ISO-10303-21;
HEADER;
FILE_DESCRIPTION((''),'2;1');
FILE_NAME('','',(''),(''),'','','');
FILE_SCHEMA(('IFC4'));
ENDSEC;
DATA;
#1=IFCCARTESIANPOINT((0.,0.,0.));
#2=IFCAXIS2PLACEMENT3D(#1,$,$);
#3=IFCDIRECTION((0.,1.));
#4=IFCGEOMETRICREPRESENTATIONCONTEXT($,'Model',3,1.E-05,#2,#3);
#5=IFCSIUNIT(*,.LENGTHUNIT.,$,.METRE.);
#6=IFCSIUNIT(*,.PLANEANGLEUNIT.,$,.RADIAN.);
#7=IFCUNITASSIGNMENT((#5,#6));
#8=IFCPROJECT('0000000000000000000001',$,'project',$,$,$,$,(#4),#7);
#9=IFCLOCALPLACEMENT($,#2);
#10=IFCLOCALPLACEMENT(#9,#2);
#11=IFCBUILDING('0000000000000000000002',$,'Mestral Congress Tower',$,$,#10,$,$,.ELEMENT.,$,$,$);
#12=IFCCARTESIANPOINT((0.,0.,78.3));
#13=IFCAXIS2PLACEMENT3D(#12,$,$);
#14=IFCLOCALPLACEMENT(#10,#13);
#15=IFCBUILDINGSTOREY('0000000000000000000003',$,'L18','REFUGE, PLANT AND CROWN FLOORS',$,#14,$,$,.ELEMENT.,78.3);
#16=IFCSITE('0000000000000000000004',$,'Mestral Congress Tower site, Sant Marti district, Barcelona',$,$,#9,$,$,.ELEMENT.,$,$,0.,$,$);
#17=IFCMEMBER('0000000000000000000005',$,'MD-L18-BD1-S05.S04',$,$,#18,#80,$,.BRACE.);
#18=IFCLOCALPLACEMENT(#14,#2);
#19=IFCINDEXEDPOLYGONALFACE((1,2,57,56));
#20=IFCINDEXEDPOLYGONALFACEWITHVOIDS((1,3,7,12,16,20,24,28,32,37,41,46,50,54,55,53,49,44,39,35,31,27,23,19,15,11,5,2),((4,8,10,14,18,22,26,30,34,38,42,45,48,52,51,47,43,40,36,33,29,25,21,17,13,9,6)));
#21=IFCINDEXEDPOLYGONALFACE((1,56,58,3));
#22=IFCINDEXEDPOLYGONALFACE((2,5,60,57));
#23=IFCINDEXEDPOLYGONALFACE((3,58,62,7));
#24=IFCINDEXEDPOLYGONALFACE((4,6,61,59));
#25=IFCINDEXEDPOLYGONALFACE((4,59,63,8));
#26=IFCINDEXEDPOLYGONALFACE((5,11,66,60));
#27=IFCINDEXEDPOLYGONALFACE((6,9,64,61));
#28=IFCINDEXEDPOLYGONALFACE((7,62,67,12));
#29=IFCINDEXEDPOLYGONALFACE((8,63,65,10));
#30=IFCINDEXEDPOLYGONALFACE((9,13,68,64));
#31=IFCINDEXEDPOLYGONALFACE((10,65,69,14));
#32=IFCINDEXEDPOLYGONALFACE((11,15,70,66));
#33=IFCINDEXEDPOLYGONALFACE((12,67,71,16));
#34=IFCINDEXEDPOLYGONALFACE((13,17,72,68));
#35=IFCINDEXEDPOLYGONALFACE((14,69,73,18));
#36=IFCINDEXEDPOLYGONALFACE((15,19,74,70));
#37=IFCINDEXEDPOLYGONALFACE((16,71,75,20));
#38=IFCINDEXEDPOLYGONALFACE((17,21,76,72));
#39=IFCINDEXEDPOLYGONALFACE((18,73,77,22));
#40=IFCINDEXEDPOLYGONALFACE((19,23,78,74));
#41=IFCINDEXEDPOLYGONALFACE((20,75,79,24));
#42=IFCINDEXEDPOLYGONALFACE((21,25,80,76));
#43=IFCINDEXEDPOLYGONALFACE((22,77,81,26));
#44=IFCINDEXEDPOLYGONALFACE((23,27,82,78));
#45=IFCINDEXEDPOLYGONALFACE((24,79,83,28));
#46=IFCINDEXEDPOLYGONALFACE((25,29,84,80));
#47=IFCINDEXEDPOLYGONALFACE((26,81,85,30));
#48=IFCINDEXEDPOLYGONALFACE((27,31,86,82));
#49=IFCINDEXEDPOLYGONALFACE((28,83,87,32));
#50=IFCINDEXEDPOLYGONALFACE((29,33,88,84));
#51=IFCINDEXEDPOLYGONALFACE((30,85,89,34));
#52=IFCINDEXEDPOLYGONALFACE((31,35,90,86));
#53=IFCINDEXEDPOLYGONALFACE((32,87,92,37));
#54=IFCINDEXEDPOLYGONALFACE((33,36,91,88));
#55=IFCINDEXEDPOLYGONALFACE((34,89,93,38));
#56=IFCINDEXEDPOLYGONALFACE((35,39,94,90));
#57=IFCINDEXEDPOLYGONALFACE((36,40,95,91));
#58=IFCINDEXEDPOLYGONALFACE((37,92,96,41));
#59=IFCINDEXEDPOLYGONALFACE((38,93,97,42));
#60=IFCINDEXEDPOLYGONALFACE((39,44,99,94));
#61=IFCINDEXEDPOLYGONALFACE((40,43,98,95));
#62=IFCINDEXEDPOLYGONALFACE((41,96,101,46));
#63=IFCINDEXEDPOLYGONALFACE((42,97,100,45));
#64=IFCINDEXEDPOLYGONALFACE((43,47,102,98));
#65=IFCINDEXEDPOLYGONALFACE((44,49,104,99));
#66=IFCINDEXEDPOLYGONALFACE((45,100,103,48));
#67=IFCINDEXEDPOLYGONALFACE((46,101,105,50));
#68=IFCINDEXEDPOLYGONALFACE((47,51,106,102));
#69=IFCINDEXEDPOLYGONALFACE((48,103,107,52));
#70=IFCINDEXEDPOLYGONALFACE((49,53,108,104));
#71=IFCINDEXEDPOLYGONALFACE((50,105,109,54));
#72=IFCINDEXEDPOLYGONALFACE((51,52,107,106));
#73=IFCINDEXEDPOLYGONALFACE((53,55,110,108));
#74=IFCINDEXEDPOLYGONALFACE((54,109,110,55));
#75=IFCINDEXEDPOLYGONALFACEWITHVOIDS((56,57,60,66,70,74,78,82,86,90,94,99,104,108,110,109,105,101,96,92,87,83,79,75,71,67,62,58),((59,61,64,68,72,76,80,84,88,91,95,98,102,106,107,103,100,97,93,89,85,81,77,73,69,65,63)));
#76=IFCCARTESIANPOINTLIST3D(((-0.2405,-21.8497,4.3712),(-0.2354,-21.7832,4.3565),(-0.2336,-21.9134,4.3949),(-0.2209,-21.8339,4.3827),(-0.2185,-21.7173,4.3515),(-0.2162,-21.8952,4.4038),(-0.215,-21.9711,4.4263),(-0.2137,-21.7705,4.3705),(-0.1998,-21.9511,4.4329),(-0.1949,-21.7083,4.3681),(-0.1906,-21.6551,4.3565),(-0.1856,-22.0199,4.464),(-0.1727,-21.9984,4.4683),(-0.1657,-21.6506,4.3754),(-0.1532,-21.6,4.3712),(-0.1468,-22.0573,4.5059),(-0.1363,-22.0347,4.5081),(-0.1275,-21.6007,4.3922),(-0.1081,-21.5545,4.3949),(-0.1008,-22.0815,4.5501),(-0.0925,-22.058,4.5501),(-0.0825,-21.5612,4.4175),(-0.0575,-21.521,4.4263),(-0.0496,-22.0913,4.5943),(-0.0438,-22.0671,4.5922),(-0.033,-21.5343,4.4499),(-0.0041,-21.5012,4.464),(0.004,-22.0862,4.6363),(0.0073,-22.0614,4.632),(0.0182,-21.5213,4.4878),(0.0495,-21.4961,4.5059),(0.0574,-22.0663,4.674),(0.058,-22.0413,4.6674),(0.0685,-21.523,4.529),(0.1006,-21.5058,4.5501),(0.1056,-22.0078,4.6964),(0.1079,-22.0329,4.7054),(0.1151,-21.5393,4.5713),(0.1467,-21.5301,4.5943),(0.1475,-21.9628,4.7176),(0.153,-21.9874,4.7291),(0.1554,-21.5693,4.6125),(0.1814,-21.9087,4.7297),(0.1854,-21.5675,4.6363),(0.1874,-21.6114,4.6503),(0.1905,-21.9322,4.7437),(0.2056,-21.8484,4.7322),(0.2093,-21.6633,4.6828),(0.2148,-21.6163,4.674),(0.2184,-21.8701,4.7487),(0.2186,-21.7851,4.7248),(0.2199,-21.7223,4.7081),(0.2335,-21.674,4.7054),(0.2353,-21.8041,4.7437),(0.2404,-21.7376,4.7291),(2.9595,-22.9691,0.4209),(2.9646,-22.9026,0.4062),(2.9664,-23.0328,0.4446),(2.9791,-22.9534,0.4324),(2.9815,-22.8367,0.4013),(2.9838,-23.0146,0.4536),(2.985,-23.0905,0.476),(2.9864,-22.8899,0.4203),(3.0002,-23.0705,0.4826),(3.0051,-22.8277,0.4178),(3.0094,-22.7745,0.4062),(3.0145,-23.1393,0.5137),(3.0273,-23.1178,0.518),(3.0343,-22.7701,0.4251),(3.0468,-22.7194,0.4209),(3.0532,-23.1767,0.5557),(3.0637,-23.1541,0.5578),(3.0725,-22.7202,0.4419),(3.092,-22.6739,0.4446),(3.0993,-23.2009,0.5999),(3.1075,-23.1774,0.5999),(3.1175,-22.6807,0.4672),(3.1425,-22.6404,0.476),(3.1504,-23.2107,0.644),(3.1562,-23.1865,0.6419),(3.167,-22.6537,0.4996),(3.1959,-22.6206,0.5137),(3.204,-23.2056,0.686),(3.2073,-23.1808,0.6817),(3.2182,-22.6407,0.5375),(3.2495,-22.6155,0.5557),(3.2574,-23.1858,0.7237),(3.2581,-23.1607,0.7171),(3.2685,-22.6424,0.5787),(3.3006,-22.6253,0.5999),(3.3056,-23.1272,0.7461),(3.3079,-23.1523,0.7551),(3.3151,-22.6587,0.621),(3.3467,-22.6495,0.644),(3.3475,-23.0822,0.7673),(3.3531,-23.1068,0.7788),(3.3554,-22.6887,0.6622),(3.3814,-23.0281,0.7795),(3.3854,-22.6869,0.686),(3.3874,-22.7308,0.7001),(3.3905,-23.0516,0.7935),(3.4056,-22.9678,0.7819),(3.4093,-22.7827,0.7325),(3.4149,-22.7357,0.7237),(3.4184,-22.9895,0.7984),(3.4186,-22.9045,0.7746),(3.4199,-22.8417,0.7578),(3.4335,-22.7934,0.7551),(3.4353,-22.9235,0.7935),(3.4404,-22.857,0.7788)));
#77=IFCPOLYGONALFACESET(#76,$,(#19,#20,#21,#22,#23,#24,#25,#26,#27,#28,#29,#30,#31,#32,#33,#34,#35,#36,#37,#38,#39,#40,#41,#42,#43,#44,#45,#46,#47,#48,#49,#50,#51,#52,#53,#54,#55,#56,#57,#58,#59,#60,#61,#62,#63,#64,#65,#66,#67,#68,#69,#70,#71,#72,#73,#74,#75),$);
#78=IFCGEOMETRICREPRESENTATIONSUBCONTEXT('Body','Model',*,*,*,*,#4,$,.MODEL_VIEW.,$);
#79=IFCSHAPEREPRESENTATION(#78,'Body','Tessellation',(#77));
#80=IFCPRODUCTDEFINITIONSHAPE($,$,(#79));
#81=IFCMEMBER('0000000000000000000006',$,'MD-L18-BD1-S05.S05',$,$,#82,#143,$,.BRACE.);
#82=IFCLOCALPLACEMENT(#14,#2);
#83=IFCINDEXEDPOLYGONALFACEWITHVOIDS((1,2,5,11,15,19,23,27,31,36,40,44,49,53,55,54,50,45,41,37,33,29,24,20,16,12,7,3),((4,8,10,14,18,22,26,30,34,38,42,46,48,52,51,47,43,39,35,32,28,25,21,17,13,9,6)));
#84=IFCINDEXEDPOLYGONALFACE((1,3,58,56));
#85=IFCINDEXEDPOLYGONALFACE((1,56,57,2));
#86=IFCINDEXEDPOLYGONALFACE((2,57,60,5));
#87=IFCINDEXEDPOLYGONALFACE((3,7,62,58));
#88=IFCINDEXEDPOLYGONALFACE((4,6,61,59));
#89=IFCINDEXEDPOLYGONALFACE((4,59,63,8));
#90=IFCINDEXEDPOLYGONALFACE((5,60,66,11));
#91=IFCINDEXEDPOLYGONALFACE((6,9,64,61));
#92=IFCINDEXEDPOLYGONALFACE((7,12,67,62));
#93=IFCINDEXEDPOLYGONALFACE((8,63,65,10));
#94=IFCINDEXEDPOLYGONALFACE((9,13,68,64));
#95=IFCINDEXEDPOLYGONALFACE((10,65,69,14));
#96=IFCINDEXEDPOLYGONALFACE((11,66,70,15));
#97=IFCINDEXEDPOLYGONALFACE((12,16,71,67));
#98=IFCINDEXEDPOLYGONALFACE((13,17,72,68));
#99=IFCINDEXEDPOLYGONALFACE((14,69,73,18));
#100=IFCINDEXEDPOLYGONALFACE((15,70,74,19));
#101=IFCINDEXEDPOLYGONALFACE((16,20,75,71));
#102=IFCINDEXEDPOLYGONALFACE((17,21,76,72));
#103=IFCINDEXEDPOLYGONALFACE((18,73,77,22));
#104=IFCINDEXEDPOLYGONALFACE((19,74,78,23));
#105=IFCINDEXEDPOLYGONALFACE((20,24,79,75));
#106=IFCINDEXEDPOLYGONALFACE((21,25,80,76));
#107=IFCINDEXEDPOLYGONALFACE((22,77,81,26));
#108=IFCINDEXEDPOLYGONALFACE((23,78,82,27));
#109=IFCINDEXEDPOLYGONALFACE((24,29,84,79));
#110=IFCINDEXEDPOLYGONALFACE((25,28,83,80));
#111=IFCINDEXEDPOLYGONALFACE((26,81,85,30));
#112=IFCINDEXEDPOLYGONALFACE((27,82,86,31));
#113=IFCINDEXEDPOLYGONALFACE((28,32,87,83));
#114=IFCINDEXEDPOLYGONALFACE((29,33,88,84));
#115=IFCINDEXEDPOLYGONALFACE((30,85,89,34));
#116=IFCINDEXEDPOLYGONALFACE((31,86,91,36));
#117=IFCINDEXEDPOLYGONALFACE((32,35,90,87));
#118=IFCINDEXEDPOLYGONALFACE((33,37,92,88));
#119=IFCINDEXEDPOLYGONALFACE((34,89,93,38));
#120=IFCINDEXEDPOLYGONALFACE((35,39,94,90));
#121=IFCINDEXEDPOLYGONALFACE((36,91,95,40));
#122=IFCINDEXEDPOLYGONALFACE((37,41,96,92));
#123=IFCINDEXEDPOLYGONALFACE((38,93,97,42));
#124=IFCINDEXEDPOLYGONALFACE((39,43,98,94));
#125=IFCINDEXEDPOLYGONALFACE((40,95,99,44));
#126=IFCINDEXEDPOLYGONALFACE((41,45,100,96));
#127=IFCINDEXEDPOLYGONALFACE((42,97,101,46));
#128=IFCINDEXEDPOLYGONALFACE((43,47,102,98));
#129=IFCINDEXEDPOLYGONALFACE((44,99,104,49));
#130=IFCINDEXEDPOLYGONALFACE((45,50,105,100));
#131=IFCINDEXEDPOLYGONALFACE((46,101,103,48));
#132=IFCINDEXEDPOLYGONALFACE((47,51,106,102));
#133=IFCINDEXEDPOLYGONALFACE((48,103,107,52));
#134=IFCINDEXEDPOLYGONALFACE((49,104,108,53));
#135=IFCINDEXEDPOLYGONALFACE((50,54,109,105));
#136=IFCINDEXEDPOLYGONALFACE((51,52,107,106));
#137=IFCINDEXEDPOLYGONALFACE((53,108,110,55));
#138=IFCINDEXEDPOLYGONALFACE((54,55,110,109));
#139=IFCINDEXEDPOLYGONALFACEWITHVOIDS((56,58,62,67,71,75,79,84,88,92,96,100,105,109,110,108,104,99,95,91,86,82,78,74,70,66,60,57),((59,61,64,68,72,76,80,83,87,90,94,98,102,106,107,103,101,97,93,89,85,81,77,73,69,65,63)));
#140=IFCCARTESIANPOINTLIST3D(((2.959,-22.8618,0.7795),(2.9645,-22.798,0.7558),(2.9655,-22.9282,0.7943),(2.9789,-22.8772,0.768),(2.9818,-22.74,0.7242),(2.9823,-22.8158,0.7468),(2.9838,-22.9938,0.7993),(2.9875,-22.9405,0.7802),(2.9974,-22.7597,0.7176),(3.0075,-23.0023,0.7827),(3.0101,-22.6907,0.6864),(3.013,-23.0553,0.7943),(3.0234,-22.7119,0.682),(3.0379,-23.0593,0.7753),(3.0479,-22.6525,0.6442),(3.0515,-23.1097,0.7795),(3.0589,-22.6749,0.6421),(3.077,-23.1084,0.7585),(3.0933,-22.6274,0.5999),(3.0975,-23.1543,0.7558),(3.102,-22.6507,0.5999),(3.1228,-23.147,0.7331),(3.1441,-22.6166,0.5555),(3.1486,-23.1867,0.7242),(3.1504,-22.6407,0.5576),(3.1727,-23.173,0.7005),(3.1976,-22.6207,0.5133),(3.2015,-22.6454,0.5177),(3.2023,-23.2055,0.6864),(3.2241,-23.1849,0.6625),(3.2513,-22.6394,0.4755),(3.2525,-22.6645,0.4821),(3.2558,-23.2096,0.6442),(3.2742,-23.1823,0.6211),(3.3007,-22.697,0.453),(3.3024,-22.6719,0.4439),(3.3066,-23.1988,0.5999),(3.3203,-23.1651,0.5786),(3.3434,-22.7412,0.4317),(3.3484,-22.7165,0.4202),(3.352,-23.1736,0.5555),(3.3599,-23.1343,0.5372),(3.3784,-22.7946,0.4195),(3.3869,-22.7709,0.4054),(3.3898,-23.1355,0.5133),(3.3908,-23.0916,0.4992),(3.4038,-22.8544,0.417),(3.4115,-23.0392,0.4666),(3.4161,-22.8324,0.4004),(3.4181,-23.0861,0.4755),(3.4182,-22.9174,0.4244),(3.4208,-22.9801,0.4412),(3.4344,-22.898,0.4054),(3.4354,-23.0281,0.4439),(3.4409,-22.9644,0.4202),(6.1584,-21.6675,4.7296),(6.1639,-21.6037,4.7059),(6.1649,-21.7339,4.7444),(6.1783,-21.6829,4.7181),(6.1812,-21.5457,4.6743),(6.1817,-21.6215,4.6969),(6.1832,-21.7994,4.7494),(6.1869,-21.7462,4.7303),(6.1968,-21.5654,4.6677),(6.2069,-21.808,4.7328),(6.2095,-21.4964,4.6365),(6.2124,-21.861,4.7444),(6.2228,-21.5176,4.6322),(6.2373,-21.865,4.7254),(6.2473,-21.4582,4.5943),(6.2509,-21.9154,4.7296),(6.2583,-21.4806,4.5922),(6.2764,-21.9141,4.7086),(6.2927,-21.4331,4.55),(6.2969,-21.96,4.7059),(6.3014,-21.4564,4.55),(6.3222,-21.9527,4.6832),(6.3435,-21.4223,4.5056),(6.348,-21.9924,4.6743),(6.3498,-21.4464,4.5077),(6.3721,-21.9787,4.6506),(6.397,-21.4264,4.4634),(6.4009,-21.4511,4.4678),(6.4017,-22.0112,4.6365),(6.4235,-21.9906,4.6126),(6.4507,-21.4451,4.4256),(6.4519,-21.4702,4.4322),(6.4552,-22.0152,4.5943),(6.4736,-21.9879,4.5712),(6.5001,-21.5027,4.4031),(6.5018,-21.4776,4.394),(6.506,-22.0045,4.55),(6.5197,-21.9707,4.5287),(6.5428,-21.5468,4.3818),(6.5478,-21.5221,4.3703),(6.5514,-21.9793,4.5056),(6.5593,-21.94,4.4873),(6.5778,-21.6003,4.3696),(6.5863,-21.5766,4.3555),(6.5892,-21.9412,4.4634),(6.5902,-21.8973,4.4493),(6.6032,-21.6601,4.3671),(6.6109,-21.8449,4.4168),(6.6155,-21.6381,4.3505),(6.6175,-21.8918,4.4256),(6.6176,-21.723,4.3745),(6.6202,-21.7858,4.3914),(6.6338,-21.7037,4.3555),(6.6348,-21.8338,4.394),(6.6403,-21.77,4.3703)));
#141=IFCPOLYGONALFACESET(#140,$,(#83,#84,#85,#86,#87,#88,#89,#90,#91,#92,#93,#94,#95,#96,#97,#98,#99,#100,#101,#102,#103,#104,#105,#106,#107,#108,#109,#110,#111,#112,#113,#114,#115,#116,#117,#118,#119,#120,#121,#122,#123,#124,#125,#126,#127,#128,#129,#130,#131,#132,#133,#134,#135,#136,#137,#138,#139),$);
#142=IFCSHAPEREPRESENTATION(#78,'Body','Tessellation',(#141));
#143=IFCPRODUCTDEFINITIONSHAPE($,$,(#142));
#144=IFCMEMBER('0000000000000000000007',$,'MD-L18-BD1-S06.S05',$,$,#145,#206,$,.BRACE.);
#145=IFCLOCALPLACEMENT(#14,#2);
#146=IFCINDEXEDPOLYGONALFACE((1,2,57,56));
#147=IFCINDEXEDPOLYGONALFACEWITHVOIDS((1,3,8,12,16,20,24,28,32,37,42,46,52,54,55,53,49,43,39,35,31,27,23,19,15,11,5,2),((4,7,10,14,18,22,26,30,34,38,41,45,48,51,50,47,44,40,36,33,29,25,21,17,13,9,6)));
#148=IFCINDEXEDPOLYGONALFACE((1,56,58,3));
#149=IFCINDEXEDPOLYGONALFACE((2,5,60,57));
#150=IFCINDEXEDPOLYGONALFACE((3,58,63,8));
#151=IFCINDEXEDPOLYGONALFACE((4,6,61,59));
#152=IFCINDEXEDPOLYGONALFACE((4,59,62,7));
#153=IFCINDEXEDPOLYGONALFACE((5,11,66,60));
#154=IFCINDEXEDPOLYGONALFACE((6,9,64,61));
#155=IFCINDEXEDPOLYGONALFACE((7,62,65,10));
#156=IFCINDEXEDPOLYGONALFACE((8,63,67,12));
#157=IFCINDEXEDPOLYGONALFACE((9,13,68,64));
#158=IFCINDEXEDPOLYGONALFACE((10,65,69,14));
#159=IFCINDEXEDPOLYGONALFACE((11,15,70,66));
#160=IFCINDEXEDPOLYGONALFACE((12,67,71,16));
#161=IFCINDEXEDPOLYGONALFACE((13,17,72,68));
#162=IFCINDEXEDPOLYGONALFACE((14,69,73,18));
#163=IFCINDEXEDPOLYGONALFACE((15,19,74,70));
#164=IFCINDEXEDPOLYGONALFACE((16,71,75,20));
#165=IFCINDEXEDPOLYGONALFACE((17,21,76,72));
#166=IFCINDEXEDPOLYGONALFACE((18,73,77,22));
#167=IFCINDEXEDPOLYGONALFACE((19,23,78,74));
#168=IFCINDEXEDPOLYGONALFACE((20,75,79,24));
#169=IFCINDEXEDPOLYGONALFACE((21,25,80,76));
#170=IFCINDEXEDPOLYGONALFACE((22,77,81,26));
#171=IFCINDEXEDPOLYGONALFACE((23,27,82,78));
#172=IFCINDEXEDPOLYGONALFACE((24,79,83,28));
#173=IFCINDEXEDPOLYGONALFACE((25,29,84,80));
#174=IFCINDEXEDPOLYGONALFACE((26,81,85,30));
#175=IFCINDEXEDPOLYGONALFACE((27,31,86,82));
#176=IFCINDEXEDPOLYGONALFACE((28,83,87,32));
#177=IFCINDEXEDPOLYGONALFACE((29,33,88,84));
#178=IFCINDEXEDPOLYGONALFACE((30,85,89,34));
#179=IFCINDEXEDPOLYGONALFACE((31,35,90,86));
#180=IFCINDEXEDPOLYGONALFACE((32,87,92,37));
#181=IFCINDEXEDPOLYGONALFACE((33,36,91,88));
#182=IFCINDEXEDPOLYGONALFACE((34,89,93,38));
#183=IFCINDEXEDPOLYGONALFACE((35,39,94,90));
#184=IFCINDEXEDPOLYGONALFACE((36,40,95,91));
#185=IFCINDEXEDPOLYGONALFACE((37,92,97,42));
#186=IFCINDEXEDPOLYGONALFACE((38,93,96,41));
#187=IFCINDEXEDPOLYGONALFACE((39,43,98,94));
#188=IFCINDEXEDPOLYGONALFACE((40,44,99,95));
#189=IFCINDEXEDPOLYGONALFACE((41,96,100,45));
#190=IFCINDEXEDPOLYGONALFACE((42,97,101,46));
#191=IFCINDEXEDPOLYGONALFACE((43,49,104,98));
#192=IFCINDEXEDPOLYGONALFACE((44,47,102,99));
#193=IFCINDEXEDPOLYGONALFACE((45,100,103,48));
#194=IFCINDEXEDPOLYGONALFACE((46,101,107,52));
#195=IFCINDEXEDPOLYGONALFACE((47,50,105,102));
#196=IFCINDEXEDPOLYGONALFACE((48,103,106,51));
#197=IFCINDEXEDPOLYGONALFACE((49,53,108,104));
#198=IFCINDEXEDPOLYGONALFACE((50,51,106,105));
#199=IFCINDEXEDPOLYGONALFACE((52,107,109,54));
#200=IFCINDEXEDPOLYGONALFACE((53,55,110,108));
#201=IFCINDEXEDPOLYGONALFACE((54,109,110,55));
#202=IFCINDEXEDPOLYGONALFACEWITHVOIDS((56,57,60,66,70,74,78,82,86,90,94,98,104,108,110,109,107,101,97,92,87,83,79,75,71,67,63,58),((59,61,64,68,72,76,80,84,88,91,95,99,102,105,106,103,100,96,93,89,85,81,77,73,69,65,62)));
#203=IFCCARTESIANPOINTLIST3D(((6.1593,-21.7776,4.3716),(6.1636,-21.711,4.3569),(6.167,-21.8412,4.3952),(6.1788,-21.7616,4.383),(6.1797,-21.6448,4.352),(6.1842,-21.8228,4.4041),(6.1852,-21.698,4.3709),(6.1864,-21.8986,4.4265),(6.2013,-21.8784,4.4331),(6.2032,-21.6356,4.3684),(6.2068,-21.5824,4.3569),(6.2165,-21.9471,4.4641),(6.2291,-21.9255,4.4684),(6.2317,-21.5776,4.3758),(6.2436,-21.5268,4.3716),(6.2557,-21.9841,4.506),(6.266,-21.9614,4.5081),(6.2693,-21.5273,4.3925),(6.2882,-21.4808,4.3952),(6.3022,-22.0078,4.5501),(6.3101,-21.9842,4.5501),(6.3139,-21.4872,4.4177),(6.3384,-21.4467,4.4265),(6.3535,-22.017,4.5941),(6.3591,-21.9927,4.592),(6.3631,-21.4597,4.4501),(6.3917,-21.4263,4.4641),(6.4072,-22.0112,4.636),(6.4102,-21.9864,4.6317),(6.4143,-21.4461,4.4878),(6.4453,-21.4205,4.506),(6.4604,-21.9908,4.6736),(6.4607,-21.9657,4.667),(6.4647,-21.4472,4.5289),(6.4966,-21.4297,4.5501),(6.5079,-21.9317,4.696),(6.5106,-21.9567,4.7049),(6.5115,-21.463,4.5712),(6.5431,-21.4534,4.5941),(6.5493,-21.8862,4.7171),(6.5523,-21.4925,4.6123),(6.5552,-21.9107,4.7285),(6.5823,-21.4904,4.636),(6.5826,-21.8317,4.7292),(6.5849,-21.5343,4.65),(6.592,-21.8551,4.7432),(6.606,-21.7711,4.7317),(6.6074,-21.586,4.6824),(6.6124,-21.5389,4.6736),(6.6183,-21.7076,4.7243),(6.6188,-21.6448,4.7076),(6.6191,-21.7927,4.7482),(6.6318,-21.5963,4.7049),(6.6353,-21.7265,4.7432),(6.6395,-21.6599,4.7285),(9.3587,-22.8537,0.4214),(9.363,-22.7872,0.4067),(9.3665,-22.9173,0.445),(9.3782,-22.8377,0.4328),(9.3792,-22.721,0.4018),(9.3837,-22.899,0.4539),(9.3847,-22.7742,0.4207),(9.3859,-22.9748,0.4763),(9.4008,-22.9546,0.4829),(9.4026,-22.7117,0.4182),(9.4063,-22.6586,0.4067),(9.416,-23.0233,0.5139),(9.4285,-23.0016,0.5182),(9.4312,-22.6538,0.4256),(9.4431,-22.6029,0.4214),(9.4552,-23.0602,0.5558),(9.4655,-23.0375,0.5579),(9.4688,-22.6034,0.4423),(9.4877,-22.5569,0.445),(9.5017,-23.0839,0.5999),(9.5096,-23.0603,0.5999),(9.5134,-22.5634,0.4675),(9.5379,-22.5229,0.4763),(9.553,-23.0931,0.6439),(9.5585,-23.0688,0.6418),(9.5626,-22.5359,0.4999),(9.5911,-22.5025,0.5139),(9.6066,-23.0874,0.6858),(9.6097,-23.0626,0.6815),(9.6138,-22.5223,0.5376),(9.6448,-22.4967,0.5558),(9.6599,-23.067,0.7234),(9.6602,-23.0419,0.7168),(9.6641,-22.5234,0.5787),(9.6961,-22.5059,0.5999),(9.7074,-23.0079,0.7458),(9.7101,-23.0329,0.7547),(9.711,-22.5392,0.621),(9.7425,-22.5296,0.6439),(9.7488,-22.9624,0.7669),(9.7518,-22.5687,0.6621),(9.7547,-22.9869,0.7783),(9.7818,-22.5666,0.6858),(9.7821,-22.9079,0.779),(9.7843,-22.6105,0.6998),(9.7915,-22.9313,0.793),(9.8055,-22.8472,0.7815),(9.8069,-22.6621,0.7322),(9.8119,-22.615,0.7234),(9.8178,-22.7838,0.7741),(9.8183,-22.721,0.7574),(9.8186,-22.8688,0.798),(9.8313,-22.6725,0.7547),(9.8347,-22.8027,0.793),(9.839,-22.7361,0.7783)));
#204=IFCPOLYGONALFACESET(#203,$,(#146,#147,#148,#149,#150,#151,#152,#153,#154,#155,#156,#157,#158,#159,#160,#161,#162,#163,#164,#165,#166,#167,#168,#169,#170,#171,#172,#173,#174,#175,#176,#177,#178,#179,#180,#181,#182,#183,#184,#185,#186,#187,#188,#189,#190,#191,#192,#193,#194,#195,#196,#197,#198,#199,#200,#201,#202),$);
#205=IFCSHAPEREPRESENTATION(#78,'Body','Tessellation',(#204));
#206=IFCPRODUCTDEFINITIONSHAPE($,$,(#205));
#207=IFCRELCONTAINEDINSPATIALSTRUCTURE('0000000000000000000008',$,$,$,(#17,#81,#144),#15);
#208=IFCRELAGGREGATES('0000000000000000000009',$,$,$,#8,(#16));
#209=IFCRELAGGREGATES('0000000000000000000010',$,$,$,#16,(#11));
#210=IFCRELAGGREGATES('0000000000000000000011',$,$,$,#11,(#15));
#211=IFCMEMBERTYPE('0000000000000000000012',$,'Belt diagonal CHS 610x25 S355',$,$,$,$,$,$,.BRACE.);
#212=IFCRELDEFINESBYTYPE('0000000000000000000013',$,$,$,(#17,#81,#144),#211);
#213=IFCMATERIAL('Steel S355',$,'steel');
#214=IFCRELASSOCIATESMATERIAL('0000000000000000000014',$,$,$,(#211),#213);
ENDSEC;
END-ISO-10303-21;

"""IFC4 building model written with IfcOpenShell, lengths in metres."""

from ifc_helpers import new_model, si_unit, direction, frame, origin, origin_2d, place, context, subcontext, project, spatial, hollow_circle, extrude, material, material_profile, profile_set, type_object, element, save


model = new_model("IFC4")

# Units and contexts
model_context = context("Model", 3, precision=1e-05, world=origin(), true_north=direction((0.0, 1.0)))
body_context = subcontext(model_context, "Body", "Model", "MODEL_VIEW")
ifc_project = project(units=[si_unit("LENGTHUNIT", "METRE"), si_unit("PLANEANGLEUNIT", "RADIAN")], contexts=[model_context])

# Site, building, storey
site_placement = place(None, origin())
site = spatial("IfcSite", under=ifc_project, at=site_placement, Name="Mestral Congress Tower site, Sant Marti district, Barcelona", CompositionType="ELEMENT", RefElevation=0.0)
building_placement = place(site_placement, origin())
building = spatial("IfcBuilding", under=site, at=building_placement, Name="Mestral Congress Tower", CompositionType="ELEMENT")
storey_placement = place(building_placement, frame((0.0, 0.0, 78.3)))
storey = spatial("IfcBuildingStorey", under=building, at=storey_placement, Name="L18", Description="REFUGE, PLANT AND CROWN FLOORS", CompositionType="ELEMENT", Elevation=78.3)

# Members
ifc_material_1 = material(Name="Steel S355", Category="steel")
ifc_material_profile_1 = material_profile(ifc_material_1, hollow_circle(Radius=0.3049, WallThickness=0.0249, at=origin_2d()), Name="CHS 610x25")
ifc_profile_set_1 = profile_set([ifc_material_profile_1], Name="Steel S355")
member_type_1 = type_object("IfcMemberType", Name="Belt diagonal CHS 610x25 S355", PredefinedType="BRACE", material=ifc_profile_set_1)
member_1_placement = place(storey_placement, frame((3.2, -22.9131, 0.5999), z_axis=(-0.61473, 0.215041, 0.758857), x_axis=(-0.330193, -0.943913, 0.0)))
element("IfcMember", 1, at=member_1_placement, inside=storey, type_object=member_type_1, Name="MD-L18-BD1-S05.S04", PredefinedType="BRACE", context=body_context, shape_type="SweptSolid", body=[
    extrude(hollow_circle(Radius=0.3049, WallThickness=0.0249, at=origin_2d()), origin(), (0.0, 0.0, 1.0), 5.2056),
])
member_2_placement = place(storey_placement, frame((3.2, -22.9131, 0.5999), z_axis=(0.612714, 0.228722, 0.756484), x_axis=(-0.349721, 0.936854, 0.0)))
element("IfcMember", 2, at=member_2_placement, inside=storey, type_object=member_type_1, Name="MD-L18-BD1-S05.S05", PredefinedType="BRACE", context=body_context, shape_type="SweptSolid", body=[
    extrude(hollow_circle(Radius=0.3049, WallThickness=0.0249, at=origin_2d()), origin(), (0.0, 0.0, 1.0), 5.2217),
])
member_3_placement = place(storey_placement, frame((9.5989, -22.7949, 0.5999), z_axis=(-0.615751, 0.207114, 0.760233), x_axis=(-0.318809, -0.947819, 0.0)))
element("IfcMember", 3, at=member_3_placement, inside=storey, type_object=member_type_1, Name="MD-L18-BD1-S06.S05", PredefinedType="BRACE", context=body_context, shape_type="SweptSolid", body=[
    extrude(hollow_circle(Radius=0.3049, WallThickness=0.0249, at=origin_2d()), origin(), (0.0, 0.0, 1.0), 5.196),
])

save(model, "model.ifc")
